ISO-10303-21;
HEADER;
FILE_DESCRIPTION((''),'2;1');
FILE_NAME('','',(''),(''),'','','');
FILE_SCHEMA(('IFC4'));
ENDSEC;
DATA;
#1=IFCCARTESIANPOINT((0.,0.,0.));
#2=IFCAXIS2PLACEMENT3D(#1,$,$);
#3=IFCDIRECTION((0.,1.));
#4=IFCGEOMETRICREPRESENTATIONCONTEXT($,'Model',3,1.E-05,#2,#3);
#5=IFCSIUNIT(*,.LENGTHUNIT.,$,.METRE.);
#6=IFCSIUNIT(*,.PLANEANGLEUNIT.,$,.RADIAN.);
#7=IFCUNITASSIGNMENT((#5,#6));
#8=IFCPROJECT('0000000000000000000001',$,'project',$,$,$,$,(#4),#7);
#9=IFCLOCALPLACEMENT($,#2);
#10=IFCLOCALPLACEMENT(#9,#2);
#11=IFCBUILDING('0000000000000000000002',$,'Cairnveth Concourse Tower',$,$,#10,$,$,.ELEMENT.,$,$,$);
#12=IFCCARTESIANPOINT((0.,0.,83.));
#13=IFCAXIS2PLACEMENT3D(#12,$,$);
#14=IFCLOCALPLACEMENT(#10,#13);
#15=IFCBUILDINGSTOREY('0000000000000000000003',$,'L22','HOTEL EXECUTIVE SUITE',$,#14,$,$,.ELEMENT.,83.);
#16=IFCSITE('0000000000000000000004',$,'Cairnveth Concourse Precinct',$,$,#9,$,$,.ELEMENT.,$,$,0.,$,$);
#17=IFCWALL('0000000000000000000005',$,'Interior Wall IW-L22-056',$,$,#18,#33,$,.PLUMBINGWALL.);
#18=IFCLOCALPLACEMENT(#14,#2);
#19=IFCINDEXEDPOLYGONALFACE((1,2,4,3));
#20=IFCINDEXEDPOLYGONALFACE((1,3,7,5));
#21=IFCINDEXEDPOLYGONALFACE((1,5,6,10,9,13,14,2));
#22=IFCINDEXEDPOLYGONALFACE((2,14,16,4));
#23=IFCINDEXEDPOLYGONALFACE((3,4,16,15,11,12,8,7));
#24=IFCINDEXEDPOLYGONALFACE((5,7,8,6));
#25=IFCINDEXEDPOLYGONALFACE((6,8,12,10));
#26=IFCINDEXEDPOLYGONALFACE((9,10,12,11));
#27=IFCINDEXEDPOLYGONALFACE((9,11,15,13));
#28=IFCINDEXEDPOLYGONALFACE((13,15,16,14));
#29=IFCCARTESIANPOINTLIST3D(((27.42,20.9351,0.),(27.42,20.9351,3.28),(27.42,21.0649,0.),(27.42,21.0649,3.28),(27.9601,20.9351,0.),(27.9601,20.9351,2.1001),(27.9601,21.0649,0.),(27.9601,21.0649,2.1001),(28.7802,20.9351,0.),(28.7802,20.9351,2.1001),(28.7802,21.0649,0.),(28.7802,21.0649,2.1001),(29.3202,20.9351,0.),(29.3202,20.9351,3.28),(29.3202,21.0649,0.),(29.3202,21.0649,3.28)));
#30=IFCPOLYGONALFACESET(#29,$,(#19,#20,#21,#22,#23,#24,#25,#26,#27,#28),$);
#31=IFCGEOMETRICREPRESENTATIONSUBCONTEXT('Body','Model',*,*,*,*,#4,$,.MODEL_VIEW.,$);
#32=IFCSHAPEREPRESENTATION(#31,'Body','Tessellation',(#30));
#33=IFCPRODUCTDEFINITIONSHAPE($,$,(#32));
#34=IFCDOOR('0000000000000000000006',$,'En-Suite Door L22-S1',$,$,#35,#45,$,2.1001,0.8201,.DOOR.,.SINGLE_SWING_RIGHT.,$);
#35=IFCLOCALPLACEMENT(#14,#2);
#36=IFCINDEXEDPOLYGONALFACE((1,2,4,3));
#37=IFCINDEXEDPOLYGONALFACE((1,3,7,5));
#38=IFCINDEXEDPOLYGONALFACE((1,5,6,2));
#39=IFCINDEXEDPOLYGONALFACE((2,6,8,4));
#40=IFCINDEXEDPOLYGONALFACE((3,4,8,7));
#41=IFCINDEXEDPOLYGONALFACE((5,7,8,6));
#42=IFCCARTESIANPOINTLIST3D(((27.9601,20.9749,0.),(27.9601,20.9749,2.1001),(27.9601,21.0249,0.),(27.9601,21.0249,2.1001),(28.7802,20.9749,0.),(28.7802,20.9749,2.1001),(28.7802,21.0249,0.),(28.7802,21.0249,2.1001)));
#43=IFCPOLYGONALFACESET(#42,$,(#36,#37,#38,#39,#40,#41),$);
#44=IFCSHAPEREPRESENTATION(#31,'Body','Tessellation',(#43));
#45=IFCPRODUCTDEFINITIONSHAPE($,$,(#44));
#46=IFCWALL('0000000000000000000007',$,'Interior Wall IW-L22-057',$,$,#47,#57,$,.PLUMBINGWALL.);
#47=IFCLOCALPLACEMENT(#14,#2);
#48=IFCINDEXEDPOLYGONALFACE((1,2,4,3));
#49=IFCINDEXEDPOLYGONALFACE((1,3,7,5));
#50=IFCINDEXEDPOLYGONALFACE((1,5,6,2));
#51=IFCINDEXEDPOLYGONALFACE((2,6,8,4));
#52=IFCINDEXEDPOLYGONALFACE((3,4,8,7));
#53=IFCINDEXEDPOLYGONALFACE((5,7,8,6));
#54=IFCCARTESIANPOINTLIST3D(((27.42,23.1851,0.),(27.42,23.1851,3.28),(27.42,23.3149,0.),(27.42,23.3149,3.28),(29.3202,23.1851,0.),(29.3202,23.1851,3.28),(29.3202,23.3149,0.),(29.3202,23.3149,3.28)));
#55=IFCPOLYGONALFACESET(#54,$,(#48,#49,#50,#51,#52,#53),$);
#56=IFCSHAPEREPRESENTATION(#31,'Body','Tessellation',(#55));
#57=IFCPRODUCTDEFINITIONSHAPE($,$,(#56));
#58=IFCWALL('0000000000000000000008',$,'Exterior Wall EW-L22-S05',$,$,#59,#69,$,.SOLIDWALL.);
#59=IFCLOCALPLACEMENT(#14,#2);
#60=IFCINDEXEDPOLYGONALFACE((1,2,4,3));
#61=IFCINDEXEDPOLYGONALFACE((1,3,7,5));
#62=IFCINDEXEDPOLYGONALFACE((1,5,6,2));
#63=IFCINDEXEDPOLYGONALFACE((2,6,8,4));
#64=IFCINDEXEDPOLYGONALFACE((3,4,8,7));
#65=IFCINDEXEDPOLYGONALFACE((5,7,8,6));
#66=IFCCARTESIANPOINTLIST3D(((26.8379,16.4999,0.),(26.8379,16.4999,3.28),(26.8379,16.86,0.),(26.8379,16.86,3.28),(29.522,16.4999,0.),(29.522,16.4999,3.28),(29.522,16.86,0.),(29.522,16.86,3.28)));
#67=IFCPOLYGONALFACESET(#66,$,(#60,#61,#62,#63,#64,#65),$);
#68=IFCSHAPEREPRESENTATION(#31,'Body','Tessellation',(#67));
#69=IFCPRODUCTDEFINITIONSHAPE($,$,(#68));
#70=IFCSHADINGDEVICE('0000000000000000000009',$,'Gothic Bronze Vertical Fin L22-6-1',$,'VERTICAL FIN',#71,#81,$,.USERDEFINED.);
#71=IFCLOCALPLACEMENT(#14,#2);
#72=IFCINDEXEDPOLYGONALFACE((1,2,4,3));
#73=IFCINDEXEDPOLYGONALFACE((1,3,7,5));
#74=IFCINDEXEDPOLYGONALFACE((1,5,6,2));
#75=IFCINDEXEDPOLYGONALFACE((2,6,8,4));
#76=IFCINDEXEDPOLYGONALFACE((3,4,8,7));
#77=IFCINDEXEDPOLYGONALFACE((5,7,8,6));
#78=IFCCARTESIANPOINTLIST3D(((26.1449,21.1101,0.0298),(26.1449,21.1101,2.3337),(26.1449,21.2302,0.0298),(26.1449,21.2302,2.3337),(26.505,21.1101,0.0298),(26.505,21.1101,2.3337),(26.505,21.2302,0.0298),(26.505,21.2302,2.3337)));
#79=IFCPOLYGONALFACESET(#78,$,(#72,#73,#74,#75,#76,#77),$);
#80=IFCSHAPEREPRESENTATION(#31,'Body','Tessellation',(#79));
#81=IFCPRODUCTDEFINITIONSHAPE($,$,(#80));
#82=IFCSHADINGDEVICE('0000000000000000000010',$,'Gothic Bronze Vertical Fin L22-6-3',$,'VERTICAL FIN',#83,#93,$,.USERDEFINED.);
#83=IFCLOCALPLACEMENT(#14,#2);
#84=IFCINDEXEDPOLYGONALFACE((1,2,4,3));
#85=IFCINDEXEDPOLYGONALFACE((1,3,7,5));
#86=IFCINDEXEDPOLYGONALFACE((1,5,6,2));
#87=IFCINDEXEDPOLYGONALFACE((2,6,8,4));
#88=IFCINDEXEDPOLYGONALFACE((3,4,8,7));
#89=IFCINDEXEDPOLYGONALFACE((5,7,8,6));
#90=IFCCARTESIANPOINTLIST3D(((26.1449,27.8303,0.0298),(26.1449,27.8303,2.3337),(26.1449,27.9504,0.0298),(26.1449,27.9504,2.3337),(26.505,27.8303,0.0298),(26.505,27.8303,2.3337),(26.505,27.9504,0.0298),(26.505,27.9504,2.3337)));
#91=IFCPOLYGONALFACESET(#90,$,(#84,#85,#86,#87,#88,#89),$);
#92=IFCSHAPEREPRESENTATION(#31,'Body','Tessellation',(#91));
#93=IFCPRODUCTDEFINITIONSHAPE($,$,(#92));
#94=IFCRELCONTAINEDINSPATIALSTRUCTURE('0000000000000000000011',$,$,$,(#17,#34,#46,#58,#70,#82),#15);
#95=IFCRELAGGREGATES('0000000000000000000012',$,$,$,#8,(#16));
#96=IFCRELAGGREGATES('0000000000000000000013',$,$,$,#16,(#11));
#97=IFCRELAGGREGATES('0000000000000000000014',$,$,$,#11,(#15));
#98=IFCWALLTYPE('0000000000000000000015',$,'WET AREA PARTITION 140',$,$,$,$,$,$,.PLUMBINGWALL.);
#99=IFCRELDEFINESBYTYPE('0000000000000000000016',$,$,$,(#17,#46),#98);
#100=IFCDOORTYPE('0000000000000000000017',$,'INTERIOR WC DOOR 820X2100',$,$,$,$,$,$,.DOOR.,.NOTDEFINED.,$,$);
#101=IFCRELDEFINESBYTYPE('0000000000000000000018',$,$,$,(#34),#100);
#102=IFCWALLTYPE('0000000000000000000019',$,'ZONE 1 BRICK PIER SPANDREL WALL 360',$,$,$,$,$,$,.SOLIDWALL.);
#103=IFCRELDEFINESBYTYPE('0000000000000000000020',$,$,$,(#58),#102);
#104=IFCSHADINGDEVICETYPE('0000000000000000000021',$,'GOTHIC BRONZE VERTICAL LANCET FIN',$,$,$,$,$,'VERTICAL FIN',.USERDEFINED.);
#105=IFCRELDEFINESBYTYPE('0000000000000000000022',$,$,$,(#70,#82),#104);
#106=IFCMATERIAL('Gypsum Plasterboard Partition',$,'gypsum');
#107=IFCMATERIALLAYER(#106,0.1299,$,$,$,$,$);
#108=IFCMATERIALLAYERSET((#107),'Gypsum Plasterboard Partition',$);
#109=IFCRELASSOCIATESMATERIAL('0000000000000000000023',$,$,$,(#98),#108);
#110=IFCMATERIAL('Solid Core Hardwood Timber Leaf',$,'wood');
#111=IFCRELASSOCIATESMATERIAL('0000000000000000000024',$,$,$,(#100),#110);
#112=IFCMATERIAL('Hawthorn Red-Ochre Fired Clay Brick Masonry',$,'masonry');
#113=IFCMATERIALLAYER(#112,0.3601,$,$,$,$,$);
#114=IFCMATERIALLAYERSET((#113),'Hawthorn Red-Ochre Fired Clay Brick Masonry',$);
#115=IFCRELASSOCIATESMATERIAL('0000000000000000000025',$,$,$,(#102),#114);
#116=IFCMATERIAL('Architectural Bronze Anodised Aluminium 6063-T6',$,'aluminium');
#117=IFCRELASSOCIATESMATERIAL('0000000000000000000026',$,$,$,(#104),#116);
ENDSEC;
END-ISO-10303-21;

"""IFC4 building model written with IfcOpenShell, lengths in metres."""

from ifc_helpers import new_model, si_unit, direction, frame, frame_2d, origin, origin_2d, place, context, subcontext, project, spatial, rectangle, extrude, material, layer, layer_set, type_object, element, fill, save


model = new_model("IFC4")

# Units and contexts
model_context = context("Model", 3, precision=1e-05, world=origin(), true_north=direction((0.0, 1.0)))
body_context = subcontext(model_context, "Body", "Model", "MODEL_VIEW")
ifc_project = project(units=[si_unit("LENGTHUNIT", "METRE"), si_unit("PLANEANGLEUNIT", "RADIAN")], contexts=[model_context])

# Site, building, storey
site_placement = place(None, origin())
site = spatial("IfcSite", under=ifc_project, at=site_placement, Name="Cairnveth Concourse Precinct", CompositionType="ELEMENT", RefElevation=0.0)
building_placement = place(site_placement, origin())
building = spatial("IfcBuilding", under=site, at=building_placement, Name="Cairnveth Concourse Tower", CompositionType="ELEMENT")
storey_placement = place(building_placement, frame((0.0, 0.0, 83.0)))
storey = spatial("IfcBuildingStorey", under=building, at=storey_placement, Name="L22", Description="HOTEL EXECUTIVE SUITE", CompositionType="ELEMENT", Elevation=83.0)

# Shared definitions
ifc_material_1 = material(Name="Gypsum Plasterboard Partition", Category="gypsum")
ifc_layer_1 = layer(ifc_material_1, 0.1299)
ifc_layer_set_1 = layer_set([ifc_layer_1], Name="Gypsum Plasterboard Partition")
wall_type_1 = type_object("IfcWallType", Name="WET AREA PARTITION 140", PredefinedType="PLUMBINGWALL", material=ifc_layer_set_1)

# Wall, opening, door
wall_1_placement = place(storey_placement, frame((27.4199, 21.0, 0.0), z_axis=(0.0, 0.0, 1.0), x_axis=(1.0, 0.0, 0.0)))
wall_1 = element("IfcWall", 1, at=wall_1_placement, inside=storey, type_object=wall_type_1, Name="Interior Wall IW-L22-056", PredefinedType="PLUMBINGWALL", context=body_context, shape_type="SweptSolid", body=[
    extrude(rectangle(XDim=1.9001, YDim=0.1299, at=frame_2d((0.9502, 0.0))), origin(), (0.0, 0.0, 1.0), 3.28),
])
opening_placement = place(wall_1_placement, frame((0.54, 0.0, 0.0)))
opening = element("IfcOpeningElement", 2, at=opening_placement, cuts=wall_1, PredefinedType="OPENING", context=body_context, shape_type="SweptSolid", body=[
    extrude(rectangle(XDim=0.8201, YDim=2.1001, at=frame_2d((0.4102, 1.05))), frame((0.0, 0.075, 0.0), z_axis=(0.0, -1.0, 0.0), x_axis=(1.0, 0.0, 0.0)), (0.0, 0.0, 1.0), 0.1499),
])
ifc_material_2 = material(Name="Solid Core Hardwood Timber Leaf", Category="wood")
door_type = type_object("IfcDoorType", Name="INTERIOR WC DOOR 820X2100", OperationType="NOTDEFINED", PredefinedType="DOOR", material=ifc_material_2)
door_placement = place(opening_placement, origin())
door = element("IfcDoor", 3, at=door_placement, inside=storey, type_object=door_type, Name="En-Suite Door L22-S1", OperationType="SINGLE_SWING_RIGHT", OverallHeight=2.1001, OverallWidth=0.8201, PredefinedType="DOOR", context=body_context, shape_type="SweptSolid", body=[
    extrude(rectangle(XDim=0.8201, YDim=2.1001, at=frame_2d((0.4102, 1.05))), frame((0.0, 0.0249, 0.0), z_axis=(0.0, -1.0, 0.0), x_axis=(1.0, 0.0, 0.0)), (0.0, 0.0, 1.0), 0.05),
])
fill(opening, door)

# Walls
wall_2_placement = place(storey_placement, frame((27.4199, 23.25, 0.0), z_axis=(0.0, 0.0, 1.0), x_axis=(1.0, 0.0, 0.0)))
element("IfcWall", 4, at=wall_2_placement, inside=storey, type_object=wall_type_1, Name="Interior Wall IW-L22-057", PredefinedType="PLUMBINGWALL", context=body_context, shape_type="SweptSolid", body=[
    extrude(rectangle(XDim=1.9001, YDim=0.1299, at=frame_2d((0.9502, 0.0))), origin(), (0.0, 0.0, 1.0), 3.28),
])
ifc_material_3 = material(Name="Hawthorn Red-Ochre Fired Clay Brick Masonry", Category="masonry")
ifc_layer_2 = layer(ifc_material_3, 0.3601)
ifc_layer_set_2 = layer_set([ifc_layer_2], Name="Hawthorn Red-Ochre Fired Clay Brick Masonry")
wall_type_2 = type_object("IfcWallType", Name="ZONE 1 BRICK PIER SPANDREL WALL 360", PredefinedType="SOLIDWALL", material=ifc_layer_set_2)
wall_3_placement = place(storey_placement, frame((29.522, 16.6799, 0.0), z_axis=(0.0, 0.0, 1.0), x_axis=(-1.0, 0.0, 0.0)))
element("IfcWall", 5, at=wall_3_placement, inside=storey, type_object=wall_type_2, Name="Exterior Wall EW-L22-S05", PredefinedType="SOLIDWALL", context=body_context, shape_type="SweptSolid", body=[
    extrude(rectangle(XDim=2.6841, YDim=0.3601, at=frame_2d((1.342, 0.0))), origin(), (0.0, 0.0, 1.0), 3.28),
])

# Shading devices
ifc_material_4 = material(Name="Architectural Bronze Anodised Aluminium 6063-T6", Category="aluminium")
shading_device_type = type_object("IfcShadingDeviceType", Name="GOTHIC BRONZE VERTICAL LANCET FIN", ElementType="VERTICAL FIN", PredefinedType="USERDEFINED", material=ifc_material_4)
for number, where, z_axis, x_axis, name in (
    (6, (26.325, 21.1702, 0.0298), (0.0, 0.0, 1.0), (0.0, 1.0, 0.0), "Gothic Bronze Vertical Fin L22-6-1"),
    (7, (26.325, 27.8904, 0.0298), (0.0, 0.0, 1.0), (0.0, 1.0, 0.0), "Gothic Bronze Vertical Fin L22-6-3"),
):
    element("IfcShadingDevice", number, at=place(storey_placement, frame(where, z_axis=z_axis, x_axis=x_axis)), inside=storey, type_object=shading_device_type, Name=name, ObjectType="VERTICAL FIN", PredefinedType="USERDEFINED", context=body_context, shape_type="SweptSolid", body=[
        extrude(rectangle(XDim=0.1201, YDim=0.3601, at=origin_2d()), origin(), (0.0, 0.0, 1.0), 2.304),
    ])

save(model, "model.ifc")
